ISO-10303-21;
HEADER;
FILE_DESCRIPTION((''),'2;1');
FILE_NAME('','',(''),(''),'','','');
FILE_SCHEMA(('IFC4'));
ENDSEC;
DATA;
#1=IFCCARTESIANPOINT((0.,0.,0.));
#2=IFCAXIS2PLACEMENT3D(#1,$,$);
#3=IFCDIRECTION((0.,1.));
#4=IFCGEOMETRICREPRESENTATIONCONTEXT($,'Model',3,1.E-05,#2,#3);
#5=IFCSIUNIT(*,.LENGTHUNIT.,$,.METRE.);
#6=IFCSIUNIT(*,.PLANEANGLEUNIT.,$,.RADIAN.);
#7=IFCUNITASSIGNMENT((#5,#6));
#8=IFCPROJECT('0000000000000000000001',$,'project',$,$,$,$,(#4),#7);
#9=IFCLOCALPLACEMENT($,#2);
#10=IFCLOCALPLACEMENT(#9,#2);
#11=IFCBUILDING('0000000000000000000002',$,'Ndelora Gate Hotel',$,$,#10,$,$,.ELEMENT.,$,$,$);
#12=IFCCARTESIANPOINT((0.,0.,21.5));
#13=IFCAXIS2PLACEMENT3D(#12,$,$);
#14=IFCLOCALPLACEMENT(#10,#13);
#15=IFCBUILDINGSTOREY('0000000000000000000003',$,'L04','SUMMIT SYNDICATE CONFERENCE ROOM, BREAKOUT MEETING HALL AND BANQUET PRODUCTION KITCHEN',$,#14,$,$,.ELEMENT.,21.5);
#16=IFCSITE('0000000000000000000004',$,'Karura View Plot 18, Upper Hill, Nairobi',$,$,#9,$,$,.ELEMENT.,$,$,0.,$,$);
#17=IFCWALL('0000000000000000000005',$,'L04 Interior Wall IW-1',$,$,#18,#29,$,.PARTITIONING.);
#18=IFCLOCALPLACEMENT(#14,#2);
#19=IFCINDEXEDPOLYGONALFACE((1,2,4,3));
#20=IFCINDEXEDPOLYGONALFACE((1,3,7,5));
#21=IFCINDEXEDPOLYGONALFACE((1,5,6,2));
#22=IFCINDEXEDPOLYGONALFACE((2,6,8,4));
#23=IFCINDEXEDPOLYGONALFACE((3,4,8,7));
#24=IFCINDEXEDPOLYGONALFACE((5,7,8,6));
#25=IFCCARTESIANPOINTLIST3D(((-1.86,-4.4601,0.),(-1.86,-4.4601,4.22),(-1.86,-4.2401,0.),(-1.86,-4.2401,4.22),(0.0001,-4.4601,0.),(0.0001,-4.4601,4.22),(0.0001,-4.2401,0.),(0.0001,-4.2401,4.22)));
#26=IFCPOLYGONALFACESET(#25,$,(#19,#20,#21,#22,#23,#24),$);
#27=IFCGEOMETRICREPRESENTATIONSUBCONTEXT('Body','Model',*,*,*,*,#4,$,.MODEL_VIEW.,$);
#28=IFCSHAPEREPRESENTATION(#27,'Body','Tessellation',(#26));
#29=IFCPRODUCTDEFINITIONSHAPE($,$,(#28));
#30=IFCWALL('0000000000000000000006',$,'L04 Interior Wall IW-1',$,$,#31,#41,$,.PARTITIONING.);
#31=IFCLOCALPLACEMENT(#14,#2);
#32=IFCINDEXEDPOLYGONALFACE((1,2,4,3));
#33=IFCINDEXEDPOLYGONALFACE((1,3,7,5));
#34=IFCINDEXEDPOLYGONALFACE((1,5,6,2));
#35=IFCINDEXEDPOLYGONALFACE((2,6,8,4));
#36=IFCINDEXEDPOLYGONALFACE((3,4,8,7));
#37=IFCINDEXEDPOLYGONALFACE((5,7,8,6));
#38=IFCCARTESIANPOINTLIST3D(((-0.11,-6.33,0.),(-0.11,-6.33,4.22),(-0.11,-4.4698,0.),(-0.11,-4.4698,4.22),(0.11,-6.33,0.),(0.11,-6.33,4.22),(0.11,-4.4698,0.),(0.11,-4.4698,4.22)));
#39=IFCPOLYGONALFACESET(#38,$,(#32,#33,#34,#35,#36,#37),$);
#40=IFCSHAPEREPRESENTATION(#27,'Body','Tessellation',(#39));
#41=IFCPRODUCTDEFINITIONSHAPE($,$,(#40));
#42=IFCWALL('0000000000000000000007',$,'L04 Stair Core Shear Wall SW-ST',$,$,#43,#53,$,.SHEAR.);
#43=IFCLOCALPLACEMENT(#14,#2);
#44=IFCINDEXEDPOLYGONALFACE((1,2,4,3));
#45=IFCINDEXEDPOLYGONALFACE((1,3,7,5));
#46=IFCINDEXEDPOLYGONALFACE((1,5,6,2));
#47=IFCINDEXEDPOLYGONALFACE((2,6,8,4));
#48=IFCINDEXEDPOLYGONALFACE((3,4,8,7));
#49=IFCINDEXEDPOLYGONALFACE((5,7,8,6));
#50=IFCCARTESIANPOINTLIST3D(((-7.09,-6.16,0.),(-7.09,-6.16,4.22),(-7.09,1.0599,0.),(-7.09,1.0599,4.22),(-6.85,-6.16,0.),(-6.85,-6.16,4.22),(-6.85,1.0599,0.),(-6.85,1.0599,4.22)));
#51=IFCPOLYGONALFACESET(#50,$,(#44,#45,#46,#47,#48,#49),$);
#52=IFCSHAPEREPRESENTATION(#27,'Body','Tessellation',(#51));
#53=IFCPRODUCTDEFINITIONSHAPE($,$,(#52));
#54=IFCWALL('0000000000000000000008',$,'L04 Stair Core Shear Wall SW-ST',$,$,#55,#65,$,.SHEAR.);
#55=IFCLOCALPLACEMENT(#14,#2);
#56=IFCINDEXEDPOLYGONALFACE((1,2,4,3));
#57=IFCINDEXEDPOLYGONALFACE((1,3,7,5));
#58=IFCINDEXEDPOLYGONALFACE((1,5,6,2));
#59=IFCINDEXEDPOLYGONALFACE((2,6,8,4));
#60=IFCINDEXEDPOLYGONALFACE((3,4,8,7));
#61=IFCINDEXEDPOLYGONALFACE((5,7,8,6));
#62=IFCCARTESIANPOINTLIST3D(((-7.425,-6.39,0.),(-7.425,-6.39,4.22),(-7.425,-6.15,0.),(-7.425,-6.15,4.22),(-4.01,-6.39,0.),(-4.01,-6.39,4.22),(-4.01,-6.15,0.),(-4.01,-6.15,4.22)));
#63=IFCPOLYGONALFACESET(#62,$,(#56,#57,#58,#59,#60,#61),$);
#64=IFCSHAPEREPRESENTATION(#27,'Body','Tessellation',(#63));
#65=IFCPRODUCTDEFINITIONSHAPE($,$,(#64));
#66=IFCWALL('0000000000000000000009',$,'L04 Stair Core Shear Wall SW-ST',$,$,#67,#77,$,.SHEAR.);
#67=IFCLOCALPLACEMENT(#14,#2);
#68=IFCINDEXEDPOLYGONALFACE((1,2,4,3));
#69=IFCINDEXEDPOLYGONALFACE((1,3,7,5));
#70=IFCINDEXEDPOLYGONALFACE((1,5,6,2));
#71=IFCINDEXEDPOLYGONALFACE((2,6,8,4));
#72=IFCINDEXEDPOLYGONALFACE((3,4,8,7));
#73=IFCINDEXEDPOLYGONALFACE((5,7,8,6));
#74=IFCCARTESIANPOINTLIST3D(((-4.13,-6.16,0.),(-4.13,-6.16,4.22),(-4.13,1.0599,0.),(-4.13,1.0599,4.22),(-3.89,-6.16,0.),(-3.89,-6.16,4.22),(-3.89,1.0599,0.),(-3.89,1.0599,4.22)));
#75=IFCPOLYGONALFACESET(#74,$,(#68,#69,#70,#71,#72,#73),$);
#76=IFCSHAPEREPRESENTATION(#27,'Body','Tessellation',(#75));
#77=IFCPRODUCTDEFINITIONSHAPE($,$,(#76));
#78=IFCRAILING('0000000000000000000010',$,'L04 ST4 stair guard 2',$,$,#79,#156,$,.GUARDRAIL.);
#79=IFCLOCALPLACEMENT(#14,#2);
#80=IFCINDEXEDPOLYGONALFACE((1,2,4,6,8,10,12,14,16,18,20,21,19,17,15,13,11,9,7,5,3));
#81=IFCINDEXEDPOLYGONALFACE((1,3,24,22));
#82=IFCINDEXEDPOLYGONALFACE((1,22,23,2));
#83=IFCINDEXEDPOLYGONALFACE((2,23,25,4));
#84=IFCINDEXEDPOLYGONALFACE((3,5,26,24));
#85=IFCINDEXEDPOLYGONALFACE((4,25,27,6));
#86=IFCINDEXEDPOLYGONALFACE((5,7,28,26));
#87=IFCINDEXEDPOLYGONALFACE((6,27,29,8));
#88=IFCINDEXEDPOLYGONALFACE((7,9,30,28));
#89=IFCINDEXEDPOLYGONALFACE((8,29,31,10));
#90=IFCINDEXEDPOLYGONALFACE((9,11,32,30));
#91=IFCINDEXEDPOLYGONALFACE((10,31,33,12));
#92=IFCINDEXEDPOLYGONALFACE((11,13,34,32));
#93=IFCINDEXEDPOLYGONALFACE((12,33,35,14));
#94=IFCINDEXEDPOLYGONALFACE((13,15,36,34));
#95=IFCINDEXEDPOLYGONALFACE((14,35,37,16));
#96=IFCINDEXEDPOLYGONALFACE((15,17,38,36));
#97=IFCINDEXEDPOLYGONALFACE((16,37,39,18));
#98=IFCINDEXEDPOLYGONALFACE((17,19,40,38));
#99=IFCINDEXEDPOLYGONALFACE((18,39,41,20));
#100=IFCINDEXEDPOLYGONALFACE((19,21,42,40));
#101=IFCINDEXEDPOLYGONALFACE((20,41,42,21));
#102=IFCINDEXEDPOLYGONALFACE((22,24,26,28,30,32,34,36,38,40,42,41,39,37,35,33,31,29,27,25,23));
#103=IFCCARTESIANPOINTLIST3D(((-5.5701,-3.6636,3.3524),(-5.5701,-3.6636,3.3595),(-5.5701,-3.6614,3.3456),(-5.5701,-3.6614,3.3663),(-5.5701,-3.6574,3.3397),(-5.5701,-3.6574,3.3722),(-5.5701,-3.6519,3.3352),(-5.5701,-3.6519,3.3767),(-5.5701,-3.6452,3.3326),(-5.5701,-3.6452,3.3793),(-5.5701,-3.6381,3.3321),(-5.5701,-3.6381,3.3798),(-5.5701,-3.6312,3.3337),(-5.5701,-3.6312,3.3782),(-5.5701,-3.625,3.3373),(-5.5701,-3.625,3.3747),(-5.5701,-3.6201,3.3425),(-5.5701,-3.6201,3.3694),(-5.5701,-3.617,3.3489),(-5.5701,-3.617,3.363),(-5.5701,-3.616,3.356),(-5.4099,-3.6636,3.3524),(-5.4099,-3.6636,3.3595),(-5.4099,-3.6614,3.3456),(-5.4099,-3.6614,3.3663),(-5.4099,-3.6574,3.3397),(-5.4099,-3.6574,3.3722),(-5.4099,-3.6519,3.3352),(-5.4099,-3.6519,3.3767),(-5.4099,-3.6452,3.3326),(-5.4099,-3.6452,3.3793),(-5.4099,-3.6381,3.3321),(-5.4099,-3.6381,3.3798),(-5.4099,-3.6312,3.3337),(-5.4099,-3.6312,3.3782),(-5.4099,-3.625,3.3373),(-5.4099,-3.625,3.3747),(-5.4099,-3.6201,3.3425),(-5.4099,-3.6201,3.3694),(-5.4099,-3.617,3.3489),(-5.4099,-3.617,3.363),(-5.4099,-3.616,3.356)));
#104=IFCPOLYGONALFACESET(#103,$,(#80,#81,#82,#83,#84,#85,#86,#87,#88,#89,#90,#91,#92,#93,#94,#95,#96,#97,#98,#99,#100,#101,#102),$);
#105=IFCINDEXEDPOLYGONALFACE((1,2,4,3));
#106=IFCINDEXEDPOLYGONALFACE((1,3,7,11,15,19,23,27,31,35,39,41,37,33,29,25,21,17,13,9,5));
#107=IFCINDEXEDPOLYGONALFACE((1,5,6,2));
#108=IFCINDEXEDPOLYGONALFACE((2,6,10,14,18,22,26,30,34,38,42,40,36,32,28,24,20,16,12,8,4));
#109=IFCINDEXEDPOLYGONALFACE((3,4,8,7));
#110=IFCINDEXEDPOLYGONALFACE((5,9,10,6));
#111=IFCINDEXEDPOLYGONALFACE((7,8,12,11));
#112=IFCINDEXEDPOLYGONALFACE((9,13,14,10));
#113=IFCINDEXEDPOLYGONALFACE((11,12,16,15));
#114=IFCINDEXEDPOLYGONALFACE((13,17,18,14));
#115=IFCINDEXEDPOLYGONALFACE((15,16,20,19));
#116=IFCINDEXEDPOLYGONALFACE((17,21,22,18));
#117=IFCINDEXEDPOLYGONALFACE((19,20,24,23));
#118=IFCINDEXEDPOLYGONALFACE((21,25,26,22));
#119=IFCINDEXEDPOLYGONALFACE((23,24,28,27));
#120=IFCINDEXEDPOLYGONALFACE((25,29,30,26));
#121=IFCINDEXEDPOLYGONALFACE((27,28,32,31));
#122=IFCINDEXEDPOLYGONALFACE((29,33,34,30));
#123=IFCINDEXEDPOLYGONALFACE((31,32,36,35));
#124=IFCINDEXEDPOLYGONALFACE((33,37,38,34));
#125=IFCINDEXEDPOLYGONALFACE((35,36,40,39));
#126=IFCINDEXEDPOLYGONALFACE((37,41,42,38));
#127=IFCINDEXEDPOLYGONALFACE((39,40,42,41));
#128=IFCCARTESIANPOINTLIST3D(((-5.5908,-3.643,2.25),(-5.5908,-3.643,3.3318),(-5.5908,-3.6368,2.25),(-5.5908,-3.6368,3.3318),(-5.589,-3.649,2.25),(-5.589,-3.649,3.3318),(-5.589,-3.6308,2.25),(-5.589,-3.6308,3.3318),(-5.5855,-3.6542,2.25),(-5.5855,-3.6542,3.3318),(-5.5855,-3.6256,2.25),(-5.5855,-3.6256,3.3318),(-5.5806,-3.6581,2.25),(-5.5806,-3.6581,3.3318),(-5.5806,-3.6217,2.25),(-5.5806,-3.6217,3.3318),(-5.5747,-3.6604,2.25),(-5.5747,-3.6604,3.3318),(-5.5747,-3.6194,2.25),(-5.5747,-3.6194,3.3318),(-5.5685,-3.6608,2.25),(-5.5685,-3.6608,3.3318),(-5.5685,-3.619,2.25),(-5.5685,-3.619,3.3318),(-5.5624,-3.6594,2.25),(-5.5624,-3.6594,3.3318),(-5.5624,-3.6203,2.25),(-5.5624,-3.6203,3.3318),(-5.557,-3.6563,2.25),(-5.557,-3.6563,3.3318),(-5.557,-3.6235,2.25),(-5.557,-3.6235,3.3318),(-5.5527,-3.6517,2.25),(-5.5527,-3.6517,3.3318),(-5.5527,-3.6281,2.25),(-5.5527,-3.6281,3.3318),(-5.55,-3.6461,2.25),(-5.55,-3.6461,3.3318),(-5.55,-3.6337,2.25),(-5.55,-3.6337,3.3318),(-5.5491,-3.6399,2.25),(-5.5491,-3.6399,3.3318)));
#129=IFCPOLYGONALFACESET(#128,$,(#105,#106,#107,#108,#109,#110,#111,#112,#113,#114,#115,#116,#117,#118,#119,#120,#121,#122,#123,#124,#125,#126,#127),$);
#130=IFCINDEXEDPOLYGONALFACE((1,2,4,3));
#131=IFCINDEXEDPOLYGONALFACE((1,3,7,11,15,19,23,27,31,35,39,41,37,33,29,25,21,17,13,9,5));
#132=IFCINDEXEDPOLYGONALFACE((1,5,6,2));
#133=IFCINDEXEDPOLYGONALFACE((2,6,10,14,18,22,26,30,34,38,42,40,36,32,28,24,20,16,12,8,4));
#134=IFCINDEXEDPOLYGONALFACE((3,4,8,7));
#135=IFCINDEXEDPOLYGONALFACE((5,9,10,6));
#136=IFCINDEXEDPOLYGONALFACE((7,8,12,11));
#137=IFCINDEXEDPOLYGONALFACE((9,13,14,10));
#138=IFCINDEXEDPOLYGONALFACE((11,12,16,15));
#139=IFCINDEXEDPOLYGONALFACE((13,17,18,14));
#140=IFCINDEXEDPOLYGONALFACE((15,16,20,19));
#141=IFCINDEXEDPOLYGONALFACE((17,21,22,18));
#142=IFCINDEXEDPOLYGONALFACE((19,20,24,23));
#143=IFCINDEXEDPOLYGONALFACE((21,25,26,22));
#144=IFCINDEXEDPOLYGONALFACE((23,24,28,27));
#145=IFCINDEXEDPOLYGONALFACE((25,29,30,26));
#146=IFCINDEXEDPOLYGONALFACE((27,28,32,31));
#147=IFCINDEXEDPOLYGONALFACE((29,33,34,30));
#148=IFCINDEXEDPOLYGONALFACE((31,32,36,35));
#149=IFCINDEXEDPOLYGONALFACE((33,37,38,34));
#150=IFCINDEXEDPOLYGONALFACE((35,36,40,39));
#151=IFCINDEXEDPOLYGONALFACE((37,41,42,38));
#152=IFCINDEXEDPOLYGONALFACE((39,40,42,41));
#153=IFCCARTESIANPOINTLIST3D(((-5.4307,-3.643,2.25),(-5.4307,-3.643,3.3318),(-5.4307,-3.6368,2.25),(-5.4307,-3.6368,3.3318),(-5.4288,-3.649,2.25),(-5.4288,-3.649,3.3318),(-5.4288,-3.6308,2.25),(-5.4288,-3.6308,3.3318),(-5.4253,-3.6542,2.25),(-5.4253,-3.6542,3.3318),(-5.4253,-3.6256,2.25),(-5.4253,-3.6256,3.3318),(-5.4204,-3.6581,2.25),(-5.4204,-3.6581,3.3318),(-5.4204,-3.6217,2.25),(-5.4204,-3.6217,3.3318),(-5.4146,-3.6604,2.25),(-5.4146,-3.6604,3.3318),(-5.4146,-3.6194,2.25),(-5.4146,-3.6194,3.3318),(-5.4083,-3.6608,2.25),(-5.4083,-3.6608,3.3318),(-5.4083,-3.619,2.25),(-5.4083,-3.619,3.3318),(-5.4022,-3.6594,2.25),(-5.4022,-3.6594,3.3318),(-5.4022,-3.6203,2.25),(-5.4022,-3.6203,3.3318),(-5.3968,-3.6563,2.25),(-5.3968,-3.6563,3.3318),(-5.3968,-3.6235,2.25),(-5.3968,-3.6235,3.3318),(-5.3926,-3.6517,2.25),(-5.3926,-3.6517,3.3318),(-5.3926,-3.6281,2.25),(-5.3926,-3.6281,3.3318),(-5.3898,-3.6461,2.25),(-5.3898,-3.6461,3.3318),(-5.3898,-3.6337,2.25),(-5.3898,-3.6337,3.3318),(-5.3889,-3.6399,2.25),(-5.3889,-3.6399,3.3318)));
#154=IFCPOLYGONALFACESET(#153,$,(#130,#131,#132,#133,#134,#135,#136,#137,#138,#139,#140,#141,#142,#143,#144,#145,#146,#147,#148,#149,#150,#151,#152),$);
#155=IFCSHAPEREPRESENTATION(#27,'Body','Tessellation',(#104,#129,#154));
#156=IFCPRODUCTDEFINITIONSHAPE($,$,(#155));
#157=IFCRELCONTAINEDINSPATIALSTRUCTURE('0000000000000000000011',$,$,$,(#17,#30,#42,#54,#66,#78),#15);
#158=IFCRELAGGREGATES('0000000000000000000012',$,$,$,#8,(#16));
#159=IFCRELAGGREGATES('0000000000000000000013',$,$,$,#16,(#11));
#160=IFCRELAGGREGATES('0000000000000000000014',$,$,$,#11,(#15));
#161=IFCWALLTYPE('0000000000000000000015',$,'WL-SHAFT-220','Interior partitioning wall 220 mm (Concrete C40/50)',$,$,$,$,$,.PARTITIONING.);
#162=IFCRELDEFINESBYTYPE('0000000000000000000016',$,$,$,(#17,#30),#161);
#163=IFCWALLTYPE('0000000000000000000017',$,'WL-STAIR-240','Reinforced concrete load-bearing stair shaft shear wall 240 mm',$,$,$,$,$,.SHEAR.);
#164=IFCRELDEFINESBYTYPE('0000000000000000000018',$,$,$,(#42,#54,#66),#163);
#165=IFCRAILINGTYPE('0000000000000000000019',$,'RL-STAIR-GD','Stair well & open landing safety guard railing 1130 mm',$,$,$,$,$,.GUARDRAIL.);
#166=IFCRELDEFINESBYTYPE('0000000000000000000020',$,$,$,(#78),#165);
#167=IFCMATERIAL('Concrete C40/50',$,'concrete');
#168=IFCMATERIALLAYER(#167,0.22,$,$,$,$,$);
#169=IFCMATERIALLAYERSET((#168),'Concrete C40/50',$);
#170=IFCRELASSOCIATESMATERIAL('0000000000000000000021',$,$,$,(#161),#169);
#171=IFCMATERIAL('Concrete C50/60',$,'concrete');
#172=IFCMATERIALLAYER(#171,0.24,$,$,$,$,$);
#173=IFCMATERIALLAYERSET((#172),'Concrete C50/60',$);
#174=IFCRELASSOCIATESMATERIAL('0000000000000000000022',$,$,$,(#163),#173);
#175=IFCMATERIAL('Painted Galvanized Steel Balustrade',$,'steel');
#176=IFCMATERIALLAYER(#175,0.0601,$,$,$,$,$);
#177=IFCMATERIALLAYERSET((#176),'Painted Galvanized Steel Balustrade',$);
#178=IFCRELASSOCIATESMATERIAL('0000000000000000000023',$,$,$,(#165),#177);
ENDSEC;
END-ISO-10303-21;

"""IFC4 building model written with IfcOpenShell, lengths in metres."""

from ifc_helpers import new_model, si_unit, direction, frame, frame_2d, origin, origin_2d, place, context, subcontext, project, spatial, rectangle, circle, extrude, material, layer, layer_set, type_object, element, save


model = new_model("IFC4")

# Units and contexts
model_context = context("Model", 3, precision=1e-05, world=origin(), true_north=direction((0.0, 1.0)))
body_context = subcontext(model_context, "Body", "Model", "MODEL_VIEW")
ifc_project = project(units=[si_unit("LENGTHUNIT", "METRE"), si_unit("PLANEANGLEUNIT", "RADIAN")], contexts=[model_context])

# Site, building, storey
site_placement = place(None, origin())
site = spatial("IfcSite", under=ifc_project, at=site_placement, Name="Karura View Plot 18, Upper Hill, Nairobi", CompositionType="ELEMENT", RefElevation=0.0)
building_placement = place(site_placement, origin())
building = spatial("IfcBuilding", under=site, at=building_placement, Name="Ndelora Gate Hotel", CompositionType="ELEMENT")
storey_placement = place(building_placement, frame((0.0, 0.0, 21.5)))
storey = spatial("IfcBuildingStorey", under=building, at=storey_placement, Name="L04", Description="SUMMIT SYNDICATE CONFERENCE ROOM, BREAKOUT MEETING HALL AND BANQUET PRODUCTION KITCHEN", CompositionType="ELEMENT", Elevation=21.5)

# Shared definitions
ifc_material_1 = material(Name="Concrete C50/60", Category="concrete")

# Shared definitions
ifc_material_2 = material(Name="Concrete C40/50", Category="concrete")
ifc_layer_1 = layer(ifc_material_2, 0.22)
ifc_layer_set_1 = layer_set([ifc_layer_1], Name="Concrete C40/50")
wall_type_1 = type_object("IfcWallType", Name="WL-SHAFT-220", Description="Interior partitioning wall 220 mm (Concrete C40/50)", PredefinedType="PARTITIONING", material=ifc_layer_set_1)

# Walls
for number, where, z_axis, x_axis, name in (
    (1, (-1.8601, -4.3501, 0.0), (0.0, 0.0, 1.0), (1.0, 0.0, 0.0), "L04 Interior Wall IW-1"),
    (2, (0.0, -6.3301, 0.0), (0.0, 0.0, 1.0), (0.0, 1.0, 0.0), "L04 Interior Wall IW-1"),
):
    element("IfcWall", number, at=place(storey_placement, frame(where, z_axis=z_axis, x_axis=x_axis)), inside=storey, type_object=wall_type_1, Name=name, PredefinedType="PARTITIONING", context=body_context, shape_type="SweptSolid", body=[
        extrude(rectangle(XDim=1.8601, YDim=0.22, at=frame_2d((0.9302, 0.0))), origin(), (0.0, 0.0, 1.0), 4.22),
    ])
ifc_layer_2 = layer(ifc_material_1, 0.24)
ifc_layer_set_2 = layer_set([ifc_layer_2], Name="Concrete C50/60")
wall_type_2 = type_object("IfcWallType", Name="WL-STAIR-240", Description="Reinforced concrete load-bearing stair shaft shear wall 240 mm", PredefinedType="SHEAR", material=ifc_layer_set_2)
wall_1_placement = place(storey_placement, frame((-6.97, -6.1599, 0.0), z_axis=(0.0, 0.0, 1.0), x_axis=(0.0, 1.0, 0.0)))
element("IfcWall", 3, at=wall_1_placement, inside=storey, type_object=wall_type_2, Name="L04 Stair Core Shear Wall SW-ST", PredefinedType="SHEAR", context=body_context, shape_type="SweptSolid", body=[
    extrude(rectangle(XDim=7.22, YDim=0.24, at=frame_2d((3.6099, 0.0))), origin(), (0.0, 0.0, 1.0), 4.22),
])
wall_2_placement = place(storey_placement, frame((-7.425, -6.27, 0.0), z_axis=(0.0, 0.0, 1.0), x_axis=(1.0, 0.0, 0.0)))
element("IfcWall", 4, at=wall_2_placement, inside=storey, type_object=wall_type_2, Name="L04 Stair Core Shear Wall SW-ST", PredefinedType="SHEAR", context=body_context, shape_type="SweptSolid", body=[
    extrude(rectangle(XDim=3.415, YDim=0.24, at=frame_2d((1.7075, 0.0))), origin(), (0.0, 0.0, 1.0), 4.22),
])
wall_3_placement = place(storey_placement, frame((-4.01, -6.1599, 0.0), z_axis=(0.0, 0.0, 1.0), x_axis=(0.0, 1.0, 0.0)))
element("IfcWall", 5, at=wall_3_placement, inside=storey, type_object=wall_type_2, Name="L04 Stair Core Shear Wall SW-ST", PredefinedType="SHEAR", context=body_context, shape_type="SweptSolid", body=[
    extrude(rectangle(XDim=7.22, YDim=0.24, at=frame_2d((3.6099, 0.0))), origin(), (0.0, 0.0, 1.0), 4.22),
])

# Railing
ifc_material_3 = material(Name="Painted Galvanized Steel Balustrade", Category="steel")
ifc_layer_3 = layer(ifc_material_3, 0.0601)
ifc_layer_set_3 = layer_set([ifc_layer_3], Name="Painted Galvanized Steel Balustrade")
railing_type = type_object("IfcRailingType", Name="RL-STAIR-GD", Description="Stair well & open landing safety guard railing 1130 mm", PredefinedType="GUARDRAIL", material=ifc_layer_set_3)
railing_1_placement = place(storey_placement, frame((-5.5701, -3.6399, 2.25)))
element("IfcRailing", 6, at=railing_1_placement, inside=storey, type_object=railing_type, Name="L04 ST4 stair guard 2", PredefinedType="GUARDRAIL", context=body_context, shape_type="SweptSolid", body=[
    extrude(circle(Radius=0.0239, at=origin_2d()), frame((0.0, 0.0, 1.106), z_axis=(1.0, 0.0, 0.0), x_axis=(0.0, 1.0, 0.0)), (0.0, 0.0, 1.0), 0.1602),
    extrude(circle(Radius=0.021, at=origin_2d()), origin(), (0.0, 0.0, 1.0), 1.0818),
    extrude(circle(Radius=0.021, at=origin_2d()), frame((0.1602, 0.0, 0.0)), (0.0, 0.0, 1.0), 1.0818),
])

save(model, "model.ifc")
